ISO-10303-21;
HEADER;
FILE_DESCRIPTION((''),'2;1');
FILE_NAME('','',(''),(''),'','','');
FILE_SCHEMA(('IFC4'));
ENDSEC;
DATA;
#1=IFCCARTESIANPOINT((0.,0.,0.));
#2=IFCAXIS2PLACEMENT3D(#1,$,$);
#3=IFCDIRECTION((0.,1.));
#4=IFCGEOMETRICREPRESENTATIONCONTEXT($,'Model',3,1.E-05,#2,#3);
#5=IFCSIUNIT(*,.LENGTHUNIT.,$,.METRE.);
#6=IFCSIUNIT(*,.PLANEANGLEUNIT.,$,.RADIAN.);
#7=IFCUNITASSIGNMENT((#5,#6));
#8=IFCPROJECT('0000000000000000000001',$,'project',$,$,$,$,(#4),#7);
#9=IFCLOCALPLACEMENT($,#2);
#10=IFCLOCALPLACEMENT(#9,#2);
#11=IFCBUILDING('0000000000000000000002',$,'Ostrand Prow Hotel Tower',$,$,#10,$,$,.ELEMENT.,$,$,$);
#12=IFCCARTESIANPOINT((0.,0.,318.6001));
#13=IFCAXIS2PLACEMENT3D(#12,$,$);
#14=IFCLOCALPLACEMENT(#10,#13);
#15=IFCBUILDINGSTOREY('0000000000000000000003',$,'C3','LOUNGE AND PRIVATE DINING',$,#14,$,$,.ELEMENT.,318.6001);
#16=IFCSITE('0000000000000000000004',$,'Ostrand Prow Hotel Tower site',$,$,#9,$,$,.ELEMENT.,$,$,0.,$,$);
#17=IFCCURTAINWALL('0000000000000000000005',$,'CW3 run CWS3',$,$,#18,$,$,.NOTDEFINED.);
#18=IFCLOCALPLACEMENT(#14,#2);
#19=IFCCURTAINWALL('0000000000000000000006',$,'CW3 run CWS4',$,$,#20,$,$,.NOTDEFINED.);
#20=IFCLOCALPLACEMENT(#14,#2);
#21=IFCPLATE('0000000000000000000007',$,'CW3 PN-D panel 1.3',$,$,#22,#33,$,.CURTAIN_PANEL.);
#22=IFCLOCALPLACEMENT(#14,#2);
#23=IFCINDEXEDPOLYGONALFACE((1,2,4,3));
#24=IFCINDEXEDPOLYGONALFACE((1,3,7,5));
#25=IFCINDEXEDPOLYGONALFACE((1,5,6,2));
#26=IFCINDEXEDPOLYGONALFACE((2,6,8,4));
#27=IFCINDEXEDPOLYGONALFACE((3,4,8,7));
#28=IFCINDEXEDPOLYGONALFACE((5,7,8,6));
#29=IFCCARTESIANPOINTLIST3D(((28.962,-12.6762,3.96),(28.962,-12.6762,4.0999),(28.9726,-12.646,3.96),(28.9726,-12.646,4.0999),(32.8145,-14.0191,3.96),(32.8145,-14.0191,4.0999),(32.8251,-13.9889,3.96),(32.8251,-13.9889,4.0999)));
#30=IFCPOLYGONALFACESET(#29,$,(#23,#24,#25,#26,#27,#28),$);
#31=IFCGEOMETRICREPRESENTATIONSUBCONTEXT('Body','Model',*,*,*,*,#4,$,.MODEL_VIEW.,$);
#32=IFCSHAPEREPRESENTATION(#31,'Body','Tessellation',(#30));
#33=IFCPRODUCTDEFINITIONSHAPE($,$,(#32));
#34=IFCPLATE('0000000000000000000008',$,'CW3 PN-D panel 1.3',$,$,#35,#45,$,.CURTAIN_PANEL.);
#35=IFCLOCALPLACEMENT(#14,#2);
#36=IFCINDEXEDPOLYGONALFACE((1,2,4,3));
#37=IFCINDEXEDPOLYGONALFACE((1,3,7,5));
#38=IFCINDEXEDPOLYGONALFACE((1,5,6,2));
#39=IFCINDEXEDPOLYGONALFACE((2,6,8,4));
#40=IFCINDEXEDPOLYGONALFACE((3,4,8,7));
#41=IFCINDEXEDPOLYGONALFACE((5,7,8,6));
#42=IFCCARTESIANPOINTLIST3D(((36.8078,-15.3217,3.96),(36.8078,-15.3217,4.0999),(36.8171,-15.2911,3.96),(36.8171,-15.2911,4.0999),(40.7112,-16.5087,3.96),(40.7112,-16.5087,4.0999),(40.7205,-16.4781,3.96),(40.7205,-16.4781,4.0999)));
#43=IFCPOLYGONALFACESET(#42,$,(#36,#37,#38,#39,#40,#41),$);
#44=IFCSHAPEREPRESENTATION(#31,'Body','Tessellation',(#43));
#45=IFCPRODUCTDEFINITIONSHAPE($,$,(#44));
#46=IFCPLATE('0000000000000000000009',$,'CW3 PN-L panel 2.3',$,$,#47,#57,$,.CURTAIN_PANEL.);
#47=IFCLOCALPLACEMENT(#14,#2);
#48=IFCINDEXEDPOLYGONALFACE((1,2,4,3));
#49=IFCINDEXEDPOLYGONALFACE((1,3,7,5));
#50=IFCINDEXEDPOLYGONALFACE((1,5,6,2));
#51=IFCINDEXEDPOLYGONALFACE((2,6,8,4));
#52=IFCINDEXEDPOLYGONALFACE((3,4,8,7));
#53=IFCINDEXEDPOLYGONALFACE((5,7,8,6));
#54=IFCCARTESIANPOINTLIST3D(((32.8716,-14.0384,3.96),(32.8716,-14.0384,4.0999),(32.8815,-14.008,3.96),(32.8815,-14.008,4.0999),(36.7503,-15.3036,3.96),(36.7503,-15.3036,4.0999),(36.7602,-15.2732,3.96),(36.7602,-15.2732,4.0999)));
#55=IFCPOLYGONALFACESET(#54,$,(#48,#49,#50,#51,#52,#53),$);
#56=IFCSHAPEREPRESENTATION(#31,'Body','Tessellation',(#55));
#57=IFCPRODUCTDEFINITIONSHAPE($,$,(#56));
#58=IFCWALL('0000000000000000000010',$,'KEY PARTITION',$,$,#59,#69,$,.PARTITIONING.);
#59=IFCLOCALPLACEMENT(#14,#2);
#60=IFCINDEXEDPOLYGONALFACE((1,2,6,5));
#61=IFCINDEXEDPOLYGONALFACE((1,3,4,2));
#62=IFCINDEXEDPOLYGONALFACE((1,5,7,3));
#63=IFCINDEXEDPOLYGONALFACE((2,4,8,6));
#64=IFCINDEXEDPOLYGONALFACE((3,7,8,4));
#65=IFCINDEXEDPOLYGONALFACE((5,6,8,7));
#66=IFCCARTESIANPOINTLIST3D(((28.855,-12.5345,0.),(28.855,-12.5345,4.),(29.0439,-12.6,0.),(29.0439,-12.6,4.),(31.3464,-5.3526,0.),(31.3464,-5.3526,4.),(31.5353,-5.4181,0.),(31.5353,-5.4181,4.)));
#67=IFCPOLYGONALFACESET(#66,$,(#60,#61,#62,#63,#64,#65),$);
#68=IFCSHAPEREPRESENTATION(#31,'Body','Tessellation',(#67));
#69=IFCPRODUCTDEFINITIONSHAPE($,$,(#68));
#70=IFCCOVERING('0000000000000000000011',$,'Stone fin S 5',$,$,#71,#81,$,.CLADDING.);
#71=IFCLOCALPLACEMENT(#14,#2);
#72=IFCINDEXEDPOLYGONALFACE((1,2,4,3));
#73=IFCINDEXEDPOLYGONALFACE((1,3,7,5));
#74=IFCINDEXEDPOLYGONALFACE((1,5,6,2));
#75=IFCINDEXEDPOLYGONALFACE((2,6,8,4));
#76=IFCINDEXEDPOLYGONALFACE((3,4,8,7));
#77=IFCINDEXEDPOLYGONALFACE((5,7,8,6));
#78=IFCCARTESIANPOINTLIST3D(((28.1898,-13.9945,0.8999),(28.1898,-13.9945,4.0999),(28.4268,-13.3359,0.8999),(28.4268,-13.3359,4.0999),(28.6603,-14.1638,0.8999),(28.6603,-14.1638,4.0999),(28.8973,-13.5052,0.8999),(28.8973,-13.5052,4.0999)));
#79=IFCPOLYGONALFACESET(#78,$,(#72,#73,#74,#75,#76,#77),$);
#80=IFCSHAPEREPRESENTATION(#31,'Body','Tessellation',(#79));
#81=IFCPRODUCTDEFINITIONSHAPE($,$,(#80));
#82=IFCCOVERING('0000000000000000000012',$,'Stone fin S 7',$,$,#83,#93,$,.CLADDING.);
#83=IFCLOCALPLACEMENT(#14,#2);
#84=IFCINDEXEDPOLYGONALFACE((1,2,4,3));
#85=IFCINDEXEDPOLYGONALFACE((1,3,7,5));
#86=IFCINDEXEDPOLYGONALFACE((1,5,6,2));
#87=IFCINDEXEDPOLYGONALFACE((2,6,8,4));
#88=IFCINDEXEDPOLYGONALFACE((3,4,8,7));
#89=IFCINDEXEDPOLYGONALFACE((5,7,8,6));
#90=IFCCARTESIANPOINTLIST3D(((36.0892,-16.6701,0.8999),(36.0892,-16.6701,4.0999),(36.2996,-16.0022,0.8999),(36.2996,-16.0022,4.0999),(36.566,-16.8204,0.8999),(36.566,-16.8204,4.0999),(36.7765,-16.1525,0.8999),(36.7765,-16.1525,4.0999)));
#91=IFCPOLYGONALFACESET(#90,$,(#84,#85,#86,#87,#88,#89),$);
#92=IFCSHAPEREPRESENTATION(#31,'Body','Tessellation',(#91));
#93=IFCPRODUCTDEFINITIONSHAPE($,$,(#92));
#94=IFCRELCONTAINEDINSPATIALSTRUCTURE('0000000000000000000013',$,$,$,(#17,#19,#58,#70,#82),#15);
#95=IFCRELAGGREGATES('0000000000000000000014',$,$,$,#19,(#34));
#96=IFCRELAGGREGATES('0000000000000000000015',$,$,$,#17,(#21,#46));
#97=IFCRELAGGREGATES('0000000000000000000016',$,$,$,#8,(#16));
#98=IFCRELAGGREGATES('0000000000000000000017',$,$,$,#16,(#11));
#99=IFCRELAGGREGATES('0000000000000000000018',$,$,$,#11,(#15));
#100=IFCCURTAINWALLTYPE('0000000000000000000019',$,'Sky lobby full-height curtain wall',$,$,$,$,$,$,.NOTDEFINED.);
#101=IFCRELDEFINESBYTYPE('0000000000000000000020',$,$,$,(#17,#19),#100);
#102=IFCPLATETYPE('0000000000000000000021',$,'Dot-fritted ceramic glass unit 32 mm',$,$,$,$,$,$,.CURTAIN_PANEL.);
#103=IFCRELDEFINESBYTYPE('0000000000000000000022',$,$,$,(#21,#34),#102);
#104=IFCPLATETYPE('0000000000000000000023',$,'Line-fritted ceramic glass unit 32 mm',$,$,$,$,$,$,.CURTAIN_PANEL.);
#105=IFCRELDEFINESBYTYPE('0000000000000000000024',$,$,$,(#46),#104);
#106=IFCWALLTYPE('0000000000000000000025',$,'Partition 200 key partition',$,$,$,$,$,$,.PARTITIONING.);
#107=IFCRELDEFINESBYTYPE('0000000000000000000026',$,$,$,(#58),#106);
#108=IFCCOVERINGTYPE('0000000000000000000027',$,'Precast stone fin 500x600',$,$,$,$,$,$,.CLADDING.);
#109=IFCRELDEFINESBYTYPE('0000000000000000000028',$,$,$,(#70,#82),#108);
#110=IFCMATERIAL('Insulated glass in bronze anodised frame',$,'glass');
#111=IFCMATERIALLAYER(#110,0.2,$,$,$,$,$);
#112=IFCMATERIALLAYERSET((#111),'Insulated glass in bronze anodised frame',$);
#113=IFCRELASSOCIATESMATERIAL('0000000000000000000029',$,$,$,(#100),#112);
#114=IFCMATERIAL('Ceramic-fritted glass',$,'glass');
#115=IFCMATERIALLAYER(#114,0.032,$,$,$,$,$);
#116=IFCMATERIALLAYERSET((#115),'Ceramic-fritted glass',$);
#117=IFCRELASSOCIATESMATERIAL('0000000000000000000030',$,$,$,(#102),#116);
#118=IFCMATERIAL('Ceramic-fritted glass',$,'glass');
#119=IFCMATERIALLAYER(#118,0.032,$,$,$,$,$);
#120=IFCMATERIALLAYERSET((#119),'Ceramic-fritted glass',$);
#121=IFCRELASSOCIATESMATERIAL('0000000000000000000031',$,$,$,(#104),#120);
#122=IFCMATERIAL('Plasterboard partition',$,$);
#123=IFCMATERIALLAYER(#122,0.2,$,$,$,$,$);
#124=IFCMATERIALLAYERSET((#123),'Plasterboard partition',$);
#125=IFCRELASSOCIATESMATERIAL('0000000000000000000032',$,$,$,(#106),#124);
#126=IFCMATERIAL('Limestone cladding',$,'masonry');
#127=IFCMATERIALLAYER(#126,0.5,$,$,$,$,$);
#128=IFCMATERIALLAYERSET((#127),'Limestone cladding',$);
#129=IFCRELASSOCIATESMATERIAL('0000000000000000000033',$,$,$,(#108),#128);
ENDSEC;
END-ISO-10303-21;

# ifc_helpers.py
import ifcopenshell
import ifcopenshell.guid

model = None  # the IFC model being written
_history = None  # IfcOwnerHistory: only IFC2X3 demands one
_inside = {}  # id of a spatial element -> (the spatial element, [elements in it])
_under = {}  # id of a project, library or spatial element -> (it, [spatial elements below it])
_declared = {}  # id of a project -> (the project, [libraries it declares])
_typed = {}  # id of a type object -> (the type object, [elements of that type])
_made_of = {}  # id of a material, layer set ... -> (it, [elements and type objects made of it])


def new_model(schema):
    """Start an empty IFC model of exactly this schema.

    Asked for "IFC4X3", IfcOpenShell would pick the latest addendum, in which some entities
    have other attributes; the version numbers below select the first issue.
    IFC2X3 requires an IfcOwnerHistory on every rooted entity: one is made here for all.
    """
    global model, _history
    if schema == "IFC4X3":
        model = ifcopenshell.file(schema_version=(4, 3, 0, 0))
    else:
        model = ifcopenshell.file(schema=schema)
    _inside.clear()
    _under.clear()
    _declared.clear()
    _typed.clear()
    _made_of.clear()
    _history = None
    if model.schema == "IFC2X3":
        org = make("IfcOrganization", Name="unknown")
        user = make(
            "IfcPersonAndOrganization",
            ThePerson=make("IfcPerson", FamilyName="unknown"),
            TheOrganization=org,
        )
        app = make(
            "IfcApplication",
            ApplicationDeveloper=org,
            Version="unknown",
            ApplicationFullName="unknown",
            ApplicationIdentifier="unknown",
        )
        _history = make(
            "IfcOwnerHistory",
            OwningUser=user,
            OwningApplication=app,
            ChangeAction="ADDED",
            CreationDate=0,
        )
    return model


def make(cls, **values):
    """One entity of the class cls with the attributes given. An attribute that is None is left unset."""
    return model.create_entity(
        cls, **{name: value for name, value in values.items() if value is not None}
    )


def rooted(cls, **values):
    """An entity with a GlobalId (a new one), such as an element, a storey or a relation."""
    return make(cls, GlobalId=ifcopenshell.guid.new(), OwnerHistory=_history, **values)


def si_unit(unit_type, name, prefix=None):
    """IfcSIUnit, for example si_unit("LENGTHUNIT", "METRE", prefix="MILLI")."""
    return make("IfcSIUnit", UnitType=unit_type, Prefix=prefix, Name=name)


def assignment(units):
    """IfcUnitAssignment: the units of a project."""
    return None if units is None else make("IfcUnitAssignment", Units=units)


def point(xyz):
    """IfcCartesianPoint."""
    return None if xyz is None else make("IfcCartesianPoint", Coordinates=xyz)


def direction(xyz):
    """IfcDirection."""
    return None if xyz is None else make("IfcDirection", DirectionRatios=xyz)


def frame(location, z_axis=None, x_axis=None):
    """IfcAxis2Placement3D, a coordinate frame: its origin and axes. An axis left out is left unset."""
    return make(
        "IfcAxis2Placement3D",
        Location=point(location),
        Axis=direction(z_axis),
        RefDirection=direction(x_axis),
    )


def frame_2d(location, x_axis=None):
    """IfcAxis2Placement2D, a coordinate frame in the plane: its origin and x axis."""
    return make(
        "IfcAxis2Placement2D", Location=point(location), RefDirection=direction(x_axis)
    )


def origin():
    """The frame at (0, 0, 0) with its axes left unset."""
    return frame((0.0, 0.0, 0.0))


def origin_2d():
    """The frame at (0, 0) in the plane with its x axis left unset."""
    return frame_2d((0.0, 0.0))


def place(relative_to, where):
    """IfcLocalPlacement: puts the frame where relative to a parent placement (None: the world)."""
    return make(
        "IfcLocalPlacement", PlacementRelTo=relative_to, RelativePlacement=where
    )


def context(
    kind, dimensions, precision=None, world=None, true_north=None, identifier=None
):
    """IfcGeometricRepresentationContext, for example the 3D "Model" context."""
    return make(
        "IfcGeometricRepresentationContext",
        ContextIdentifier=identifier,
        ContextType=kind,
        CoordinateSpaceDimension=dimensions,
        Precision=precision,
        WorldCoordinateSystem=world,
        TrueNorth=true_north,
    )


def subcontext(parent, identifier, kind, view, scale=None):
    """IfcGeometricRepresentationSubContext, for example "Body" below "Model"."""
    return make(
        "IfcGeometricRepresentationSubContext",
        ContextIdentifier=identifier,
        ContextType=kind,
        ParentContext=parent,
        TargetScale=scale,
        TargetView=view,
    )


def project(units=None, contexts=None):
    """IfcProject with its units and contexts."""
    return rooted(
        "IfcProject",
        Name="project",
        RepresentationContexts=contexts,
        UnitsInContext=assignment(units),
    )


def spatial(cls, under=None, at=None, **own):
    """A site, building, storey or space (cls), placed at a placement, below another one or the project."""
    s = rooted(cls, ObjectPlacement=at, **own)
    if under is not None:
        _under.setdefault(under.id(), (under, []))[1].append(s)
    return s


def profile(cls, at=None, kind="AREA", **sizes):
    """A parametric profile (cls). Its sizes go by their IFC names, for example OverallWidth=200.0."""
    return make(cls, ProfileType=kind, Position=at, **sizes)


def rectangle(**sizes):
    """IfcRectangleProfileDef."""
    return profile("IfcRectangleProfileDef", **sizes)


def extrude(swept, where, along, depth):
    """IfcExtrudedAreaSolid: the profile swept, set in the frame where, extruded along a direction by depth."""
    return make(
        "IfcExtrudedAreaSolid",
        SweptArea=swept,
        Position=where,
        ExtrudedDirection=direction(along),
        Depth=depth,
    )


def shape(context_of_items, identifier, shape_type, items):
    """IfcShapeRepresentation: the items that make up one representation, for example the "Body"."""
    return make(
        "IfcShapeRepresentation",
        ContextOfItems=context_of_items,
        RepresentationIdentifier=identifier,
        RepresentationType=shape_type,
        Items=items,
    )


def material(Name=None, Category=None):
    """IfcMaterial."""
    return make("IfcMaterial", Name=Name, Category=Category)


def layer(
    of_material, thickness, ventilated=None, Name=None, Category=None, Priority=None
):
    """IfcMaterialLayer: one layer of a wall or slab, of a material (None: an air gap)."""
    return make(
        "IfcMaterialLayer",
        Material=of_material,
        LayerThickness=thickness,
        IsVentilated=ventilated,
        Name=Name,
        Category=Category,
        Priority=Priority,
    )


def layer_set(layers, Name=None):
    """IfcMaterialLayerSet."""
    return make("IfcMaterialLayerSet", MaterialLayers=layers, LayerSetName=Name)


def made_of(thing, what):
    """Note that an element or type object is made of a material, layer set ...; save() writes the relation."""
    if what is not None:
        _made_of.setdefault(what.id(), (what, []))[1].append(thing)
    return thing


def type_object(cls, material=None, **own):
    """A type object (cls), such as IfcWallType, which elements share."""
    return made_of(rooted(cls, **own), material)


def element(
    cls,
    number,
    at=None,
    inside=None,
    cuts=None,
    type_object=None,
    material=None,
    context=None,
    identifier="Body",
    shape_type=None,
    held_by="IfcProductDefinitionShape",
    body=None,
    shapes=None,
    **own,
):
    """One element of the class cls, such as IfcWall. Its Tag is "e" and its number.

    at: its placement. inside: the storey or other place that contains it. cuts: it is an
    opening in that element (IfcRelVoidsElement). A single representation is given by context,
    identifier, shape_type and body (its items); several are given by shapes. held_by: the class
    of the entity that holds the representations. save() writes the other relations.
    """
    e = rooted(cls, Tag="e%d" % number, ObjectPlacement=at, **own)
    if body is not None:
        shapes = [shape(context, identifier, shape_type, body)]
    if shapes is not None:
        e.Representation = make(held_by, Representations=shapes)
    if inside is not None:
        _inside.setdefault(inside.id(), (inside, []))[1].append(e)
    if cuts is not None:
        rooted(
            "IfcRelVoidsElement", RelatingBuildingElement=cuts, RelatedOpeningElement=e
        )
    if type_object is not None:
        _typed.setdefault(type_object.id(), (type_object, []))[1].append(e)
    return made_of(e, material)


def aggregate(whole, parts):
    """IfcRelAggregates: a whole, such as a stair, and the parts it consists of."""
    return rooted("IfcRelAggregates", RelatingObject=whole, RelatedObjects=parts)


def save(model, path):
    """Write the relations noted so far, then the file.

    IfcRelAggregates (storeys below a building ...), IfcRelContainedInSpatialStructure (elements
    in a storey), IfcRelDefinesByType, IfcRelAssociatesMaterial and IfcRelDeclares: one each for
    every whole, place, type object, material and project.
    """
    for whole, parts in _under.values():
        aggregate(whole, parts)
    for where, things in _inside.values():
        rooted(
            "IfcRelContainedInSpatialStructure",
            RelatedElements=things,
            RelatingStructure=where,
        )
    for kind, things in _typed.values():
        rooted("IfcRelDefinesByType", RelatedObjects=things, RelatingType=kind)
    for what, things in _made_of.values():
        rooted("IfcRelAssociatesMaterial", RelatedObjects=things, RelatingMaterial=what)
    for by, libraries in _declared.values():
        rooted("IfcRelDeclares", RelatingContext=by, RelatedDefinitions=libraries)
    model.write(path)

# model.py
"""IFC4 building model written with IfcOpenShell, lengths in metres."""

from ifc_helpers import new_model, si_unit, direction, frame, frame_2d, origin, origin_2d, place, context, subcontext, project, spatial, rectangle, extrude, material, layer, layer_set, type_object, element, aggregate, save


model = new_model("IFC4")

# Units and contexts
model_context = context("Model", 3, precision=1e-05, world=origin(), true_north=direction((0.0, 1.0)))
body_context = subcontext(model_context, "Body", "Model", "MODEL_VIEW")
ifc_project = project(units=[si_unit("LENGTHUNIT", "METRE"), si_unit("PLANEANGLEUNIT", "RADIAN")], contexts=[model_context])

# Site, building, storey
site_placement = place(None, origin())
site = spatial("IfcSite", under=ifc_project, at=site_placement, Name="Ostrand Prow Hotel Tower site", CompositionType="ELEMENT", RefElevation=0.0)
building_placement = place(site_placement, origin())
building = spatial("IfcBuilding", under=site, at=building_placement, Name="Ostrand Prow Hotel Tower", CompositionType="ELEMENT")
storey_placement = place(building_placement, frame((0.0, 0.0, 318.6001)))
storey = spatial("IfcBuildingStorey", under=building, at=storey_placement, Name="C3", Description="LOUNGE AND PRIVATE DINING", CompositionType="ELEMENT", Elevation=318.6001)

# Shared definitions
ifc_material_1 = material(Name="Insulated glass in bronze anodised frame", Category="glass")
ifc_layer_1 = layer(ifc_material_1, 0.2)
ifc_layer_set_1 = layer_set([ifc_layer_1], Name="Insulated glass in bronze anodised frame")
curtain_wall_type = type_object("IfcCurtainWallType", Name="Sky lobby full-height curtain wall", PredefinedType="NOTDEFINED", material=ifc_layer_set_1)

# Curtain walls
curtain_wall_1_placement = place(storey_placement, origin())
curtain_wall_1 = element("IfcCurtainWall", 1, at=curtain_wall_1_placement, inside=storey, type_object=curtain_wall_type, Name="CW3 run CWS3", PredefinedType="NOTDEFINED")
curtain_wall_2_placement = place(storey_placement, origin())
curtain_wall_2 = element("IfcCurtainWall", 2, at=curtain_wall_2_placement, inside=storey, type_object=curtain_wall_type, Name="CW3 run CWS4", PredefinedType="NOTDEFINED")

# Plates
ifc_material_2 = material(Name="Ceramic-fritted glass", Category="glass")
ifc_layer_2 = layer(ifc_material_2, 0.032)
ifc_layer_set_2 = layer_set([ifc_layer_2], Name="Ceramic-fritted glass")
plate_type_1 = type_object("IfcPlateType", Name="Dot-fritted ceramic glass unit 32 mm", PredefinedType="CURTAIN_PANEL", material=ifc_layer_set_2)
plate_1_placement = place(storey_placement, frame((30.8936, -13.3325, 3.96), z_axis=(0.0, 0.0, 1.0), x_axis=(0.944275, -0.329158, 0.0)))
plate_1 = element("IfcPlate", 3, at=plate_1_placement, type_object=plate_type_1, Name="CW3 PN-D panel 1.3", PredefinedType="CURTAIN_PANEL", context=body_context, shape_type="SweptSolid", body=[
    extrude(rectangle(XDim=4.0798, YDim=0.032, at=origin_2d()), origin(), (0.0, 0.0, 1.0), 0.1399),
])
plate_2_placement = place(storey_placement, frame((38.7642, -15.8999, 3.96), z_axis=(0.0, 0.0, 1.0), x_axis=(0.956742, -0.290938, 0.0)))
plate_2 = element("IfcPlate", 4, at=plate_2_placement, type_object=plate_type_1, Name="CW3 PN-D panel 1.3", PredefinedType="CURTAIN_PANEL", context=body_context, shape_type="SweptSolid", body=[
    extrude(rectangle(XDim=4.0798, YDim=0.032, at=origin_2d()), origin(), (0.0, 0.0, 1.0), 0.1399),
])
aggregate(curtain_wall_2, [plate_2])
ifc_material_3 = material(Name="Ceramic-fritted glass", Category="glass")
ifc_layer_3 = layer(ifc_material_3, 0.032)
ifc_layer_set_3 = layer_set([ifc_layer_3], Name="Ceramic-fritted glass")
plate_type_2 = type_object("IfcPlateType", Name="Line-fritted ceramic glass unit 32 mm", PredefinedType="CURTAIN_PANEL", material=ifc_layer_set_3)
plate_3_placement = place(storey_placement, frame((34.8159, -14.6558, 3.96), z_axis=(0.0, 0.0, 1.0), x_axis=(0.9507, -0.310111, 0.0)))
plate_3 = element("IfcPlate", 5, at=plate_3_placement, type_object=plate_type_2, Name="CW3 PN-L panel 2.3", PredefinedType="CURTAIN_PANEL", context=body_context, shape_type="SweptSolid", body=[
    extrude(rectangle(XDim=4.0798, YDim=0.032, at=origin_2d()), origin(), (0.0, 0.0, 1.0), 0.1399),
])
aggregate(curtain_wall_1, [plate_1, plate_3])

# Wall
ifc_material_4 = material(Name="Plasterboard partition")
ifc_layer_4 = layer(ifc_material_4, 0.2)
ifc_layer_set_4 = layer_set([ifc_layer_4], Name="Plasterboard partition")
wall_type = type_object("IfcWallType", Name="Partition 200 key partition", PredefinedType="PARTITIONING", material=ifc_layer_set_4)
wall_placement = place(storey_placement, frame((28.9495, -12.5671, 0.0), z_axis=(0.0, 0.0, 1.0), x_axis=(0.327747, 0.944766, 0.0)))
element("IfcWall", 6, at=wall_placement, inside=storey, type_object=wall_type, Name="KEY PARTITION", PredefinedType="PARTITIONING", context=body_context, shape_type="SweptSolid", body=[
    extrude(rectangle(XDim=7.6018, YDim=0.2, at=frame_2d((3.8008, 0.0))), origin(), (0.0, 0.0, 1.0), 4.0),
])

# Coverings
ifc_material_5 = material(Name="Limestone cladding", Category="masonry")
ifc_layer_5 = layer(ifc_material_5, 0.5)
ifc_layer_set_5 = layer_set([ifc_layer_5], Name="Limestone cladding")
covering_type = type_object("IfcCoveringType", Name="Precast stone fin 500x600", PredefinedType="CLADDING", material=ifc_layer_set_5)
covering_1_placement = place(storey_placement, frame((28.6621, -13.4204, 0.8999), z_axis=(0.0, 0.0, 1.0), x_axis=(-0.338633, -0.940919, 0.0)))
element("IfcCovering", 7, at=covering_1_placement, inside=storey, type_object=covering_type, Name="Stone fin S 5", PredefinedType="CLADDING", context=body_context, shape_type="SweptSolid", body=[
    extrude(rectangle(XDim=0.7, YDim=0.5, at=frame_2d((0.3501, 0.0))), origin(), (0.0, 0.0, 1.0), 3.2),
])
covering_2_placement = place(storey_placement, frame((36.5381, -16.0774, 0.8999), z_axis=(0.0, 0.0, 1.0), x_axis=(-0.300597, -0.953751, 0.0)))
element("IfcCovering", 8, at=covering_2_placement, inside=storey, type_object=covering_type, Name="Stone fin S 7", PredefinedType="CLADDING", context=body_context, shape_type="SweptSolid", body=[
    extrude(rectangle(XDim=0.7002, YDim=0.5, at=frame_2d((0.3501, 0.0))), origin(), (0.0, 0.0, 1.0), 3.2),
])

save(model, "model.ifc")
